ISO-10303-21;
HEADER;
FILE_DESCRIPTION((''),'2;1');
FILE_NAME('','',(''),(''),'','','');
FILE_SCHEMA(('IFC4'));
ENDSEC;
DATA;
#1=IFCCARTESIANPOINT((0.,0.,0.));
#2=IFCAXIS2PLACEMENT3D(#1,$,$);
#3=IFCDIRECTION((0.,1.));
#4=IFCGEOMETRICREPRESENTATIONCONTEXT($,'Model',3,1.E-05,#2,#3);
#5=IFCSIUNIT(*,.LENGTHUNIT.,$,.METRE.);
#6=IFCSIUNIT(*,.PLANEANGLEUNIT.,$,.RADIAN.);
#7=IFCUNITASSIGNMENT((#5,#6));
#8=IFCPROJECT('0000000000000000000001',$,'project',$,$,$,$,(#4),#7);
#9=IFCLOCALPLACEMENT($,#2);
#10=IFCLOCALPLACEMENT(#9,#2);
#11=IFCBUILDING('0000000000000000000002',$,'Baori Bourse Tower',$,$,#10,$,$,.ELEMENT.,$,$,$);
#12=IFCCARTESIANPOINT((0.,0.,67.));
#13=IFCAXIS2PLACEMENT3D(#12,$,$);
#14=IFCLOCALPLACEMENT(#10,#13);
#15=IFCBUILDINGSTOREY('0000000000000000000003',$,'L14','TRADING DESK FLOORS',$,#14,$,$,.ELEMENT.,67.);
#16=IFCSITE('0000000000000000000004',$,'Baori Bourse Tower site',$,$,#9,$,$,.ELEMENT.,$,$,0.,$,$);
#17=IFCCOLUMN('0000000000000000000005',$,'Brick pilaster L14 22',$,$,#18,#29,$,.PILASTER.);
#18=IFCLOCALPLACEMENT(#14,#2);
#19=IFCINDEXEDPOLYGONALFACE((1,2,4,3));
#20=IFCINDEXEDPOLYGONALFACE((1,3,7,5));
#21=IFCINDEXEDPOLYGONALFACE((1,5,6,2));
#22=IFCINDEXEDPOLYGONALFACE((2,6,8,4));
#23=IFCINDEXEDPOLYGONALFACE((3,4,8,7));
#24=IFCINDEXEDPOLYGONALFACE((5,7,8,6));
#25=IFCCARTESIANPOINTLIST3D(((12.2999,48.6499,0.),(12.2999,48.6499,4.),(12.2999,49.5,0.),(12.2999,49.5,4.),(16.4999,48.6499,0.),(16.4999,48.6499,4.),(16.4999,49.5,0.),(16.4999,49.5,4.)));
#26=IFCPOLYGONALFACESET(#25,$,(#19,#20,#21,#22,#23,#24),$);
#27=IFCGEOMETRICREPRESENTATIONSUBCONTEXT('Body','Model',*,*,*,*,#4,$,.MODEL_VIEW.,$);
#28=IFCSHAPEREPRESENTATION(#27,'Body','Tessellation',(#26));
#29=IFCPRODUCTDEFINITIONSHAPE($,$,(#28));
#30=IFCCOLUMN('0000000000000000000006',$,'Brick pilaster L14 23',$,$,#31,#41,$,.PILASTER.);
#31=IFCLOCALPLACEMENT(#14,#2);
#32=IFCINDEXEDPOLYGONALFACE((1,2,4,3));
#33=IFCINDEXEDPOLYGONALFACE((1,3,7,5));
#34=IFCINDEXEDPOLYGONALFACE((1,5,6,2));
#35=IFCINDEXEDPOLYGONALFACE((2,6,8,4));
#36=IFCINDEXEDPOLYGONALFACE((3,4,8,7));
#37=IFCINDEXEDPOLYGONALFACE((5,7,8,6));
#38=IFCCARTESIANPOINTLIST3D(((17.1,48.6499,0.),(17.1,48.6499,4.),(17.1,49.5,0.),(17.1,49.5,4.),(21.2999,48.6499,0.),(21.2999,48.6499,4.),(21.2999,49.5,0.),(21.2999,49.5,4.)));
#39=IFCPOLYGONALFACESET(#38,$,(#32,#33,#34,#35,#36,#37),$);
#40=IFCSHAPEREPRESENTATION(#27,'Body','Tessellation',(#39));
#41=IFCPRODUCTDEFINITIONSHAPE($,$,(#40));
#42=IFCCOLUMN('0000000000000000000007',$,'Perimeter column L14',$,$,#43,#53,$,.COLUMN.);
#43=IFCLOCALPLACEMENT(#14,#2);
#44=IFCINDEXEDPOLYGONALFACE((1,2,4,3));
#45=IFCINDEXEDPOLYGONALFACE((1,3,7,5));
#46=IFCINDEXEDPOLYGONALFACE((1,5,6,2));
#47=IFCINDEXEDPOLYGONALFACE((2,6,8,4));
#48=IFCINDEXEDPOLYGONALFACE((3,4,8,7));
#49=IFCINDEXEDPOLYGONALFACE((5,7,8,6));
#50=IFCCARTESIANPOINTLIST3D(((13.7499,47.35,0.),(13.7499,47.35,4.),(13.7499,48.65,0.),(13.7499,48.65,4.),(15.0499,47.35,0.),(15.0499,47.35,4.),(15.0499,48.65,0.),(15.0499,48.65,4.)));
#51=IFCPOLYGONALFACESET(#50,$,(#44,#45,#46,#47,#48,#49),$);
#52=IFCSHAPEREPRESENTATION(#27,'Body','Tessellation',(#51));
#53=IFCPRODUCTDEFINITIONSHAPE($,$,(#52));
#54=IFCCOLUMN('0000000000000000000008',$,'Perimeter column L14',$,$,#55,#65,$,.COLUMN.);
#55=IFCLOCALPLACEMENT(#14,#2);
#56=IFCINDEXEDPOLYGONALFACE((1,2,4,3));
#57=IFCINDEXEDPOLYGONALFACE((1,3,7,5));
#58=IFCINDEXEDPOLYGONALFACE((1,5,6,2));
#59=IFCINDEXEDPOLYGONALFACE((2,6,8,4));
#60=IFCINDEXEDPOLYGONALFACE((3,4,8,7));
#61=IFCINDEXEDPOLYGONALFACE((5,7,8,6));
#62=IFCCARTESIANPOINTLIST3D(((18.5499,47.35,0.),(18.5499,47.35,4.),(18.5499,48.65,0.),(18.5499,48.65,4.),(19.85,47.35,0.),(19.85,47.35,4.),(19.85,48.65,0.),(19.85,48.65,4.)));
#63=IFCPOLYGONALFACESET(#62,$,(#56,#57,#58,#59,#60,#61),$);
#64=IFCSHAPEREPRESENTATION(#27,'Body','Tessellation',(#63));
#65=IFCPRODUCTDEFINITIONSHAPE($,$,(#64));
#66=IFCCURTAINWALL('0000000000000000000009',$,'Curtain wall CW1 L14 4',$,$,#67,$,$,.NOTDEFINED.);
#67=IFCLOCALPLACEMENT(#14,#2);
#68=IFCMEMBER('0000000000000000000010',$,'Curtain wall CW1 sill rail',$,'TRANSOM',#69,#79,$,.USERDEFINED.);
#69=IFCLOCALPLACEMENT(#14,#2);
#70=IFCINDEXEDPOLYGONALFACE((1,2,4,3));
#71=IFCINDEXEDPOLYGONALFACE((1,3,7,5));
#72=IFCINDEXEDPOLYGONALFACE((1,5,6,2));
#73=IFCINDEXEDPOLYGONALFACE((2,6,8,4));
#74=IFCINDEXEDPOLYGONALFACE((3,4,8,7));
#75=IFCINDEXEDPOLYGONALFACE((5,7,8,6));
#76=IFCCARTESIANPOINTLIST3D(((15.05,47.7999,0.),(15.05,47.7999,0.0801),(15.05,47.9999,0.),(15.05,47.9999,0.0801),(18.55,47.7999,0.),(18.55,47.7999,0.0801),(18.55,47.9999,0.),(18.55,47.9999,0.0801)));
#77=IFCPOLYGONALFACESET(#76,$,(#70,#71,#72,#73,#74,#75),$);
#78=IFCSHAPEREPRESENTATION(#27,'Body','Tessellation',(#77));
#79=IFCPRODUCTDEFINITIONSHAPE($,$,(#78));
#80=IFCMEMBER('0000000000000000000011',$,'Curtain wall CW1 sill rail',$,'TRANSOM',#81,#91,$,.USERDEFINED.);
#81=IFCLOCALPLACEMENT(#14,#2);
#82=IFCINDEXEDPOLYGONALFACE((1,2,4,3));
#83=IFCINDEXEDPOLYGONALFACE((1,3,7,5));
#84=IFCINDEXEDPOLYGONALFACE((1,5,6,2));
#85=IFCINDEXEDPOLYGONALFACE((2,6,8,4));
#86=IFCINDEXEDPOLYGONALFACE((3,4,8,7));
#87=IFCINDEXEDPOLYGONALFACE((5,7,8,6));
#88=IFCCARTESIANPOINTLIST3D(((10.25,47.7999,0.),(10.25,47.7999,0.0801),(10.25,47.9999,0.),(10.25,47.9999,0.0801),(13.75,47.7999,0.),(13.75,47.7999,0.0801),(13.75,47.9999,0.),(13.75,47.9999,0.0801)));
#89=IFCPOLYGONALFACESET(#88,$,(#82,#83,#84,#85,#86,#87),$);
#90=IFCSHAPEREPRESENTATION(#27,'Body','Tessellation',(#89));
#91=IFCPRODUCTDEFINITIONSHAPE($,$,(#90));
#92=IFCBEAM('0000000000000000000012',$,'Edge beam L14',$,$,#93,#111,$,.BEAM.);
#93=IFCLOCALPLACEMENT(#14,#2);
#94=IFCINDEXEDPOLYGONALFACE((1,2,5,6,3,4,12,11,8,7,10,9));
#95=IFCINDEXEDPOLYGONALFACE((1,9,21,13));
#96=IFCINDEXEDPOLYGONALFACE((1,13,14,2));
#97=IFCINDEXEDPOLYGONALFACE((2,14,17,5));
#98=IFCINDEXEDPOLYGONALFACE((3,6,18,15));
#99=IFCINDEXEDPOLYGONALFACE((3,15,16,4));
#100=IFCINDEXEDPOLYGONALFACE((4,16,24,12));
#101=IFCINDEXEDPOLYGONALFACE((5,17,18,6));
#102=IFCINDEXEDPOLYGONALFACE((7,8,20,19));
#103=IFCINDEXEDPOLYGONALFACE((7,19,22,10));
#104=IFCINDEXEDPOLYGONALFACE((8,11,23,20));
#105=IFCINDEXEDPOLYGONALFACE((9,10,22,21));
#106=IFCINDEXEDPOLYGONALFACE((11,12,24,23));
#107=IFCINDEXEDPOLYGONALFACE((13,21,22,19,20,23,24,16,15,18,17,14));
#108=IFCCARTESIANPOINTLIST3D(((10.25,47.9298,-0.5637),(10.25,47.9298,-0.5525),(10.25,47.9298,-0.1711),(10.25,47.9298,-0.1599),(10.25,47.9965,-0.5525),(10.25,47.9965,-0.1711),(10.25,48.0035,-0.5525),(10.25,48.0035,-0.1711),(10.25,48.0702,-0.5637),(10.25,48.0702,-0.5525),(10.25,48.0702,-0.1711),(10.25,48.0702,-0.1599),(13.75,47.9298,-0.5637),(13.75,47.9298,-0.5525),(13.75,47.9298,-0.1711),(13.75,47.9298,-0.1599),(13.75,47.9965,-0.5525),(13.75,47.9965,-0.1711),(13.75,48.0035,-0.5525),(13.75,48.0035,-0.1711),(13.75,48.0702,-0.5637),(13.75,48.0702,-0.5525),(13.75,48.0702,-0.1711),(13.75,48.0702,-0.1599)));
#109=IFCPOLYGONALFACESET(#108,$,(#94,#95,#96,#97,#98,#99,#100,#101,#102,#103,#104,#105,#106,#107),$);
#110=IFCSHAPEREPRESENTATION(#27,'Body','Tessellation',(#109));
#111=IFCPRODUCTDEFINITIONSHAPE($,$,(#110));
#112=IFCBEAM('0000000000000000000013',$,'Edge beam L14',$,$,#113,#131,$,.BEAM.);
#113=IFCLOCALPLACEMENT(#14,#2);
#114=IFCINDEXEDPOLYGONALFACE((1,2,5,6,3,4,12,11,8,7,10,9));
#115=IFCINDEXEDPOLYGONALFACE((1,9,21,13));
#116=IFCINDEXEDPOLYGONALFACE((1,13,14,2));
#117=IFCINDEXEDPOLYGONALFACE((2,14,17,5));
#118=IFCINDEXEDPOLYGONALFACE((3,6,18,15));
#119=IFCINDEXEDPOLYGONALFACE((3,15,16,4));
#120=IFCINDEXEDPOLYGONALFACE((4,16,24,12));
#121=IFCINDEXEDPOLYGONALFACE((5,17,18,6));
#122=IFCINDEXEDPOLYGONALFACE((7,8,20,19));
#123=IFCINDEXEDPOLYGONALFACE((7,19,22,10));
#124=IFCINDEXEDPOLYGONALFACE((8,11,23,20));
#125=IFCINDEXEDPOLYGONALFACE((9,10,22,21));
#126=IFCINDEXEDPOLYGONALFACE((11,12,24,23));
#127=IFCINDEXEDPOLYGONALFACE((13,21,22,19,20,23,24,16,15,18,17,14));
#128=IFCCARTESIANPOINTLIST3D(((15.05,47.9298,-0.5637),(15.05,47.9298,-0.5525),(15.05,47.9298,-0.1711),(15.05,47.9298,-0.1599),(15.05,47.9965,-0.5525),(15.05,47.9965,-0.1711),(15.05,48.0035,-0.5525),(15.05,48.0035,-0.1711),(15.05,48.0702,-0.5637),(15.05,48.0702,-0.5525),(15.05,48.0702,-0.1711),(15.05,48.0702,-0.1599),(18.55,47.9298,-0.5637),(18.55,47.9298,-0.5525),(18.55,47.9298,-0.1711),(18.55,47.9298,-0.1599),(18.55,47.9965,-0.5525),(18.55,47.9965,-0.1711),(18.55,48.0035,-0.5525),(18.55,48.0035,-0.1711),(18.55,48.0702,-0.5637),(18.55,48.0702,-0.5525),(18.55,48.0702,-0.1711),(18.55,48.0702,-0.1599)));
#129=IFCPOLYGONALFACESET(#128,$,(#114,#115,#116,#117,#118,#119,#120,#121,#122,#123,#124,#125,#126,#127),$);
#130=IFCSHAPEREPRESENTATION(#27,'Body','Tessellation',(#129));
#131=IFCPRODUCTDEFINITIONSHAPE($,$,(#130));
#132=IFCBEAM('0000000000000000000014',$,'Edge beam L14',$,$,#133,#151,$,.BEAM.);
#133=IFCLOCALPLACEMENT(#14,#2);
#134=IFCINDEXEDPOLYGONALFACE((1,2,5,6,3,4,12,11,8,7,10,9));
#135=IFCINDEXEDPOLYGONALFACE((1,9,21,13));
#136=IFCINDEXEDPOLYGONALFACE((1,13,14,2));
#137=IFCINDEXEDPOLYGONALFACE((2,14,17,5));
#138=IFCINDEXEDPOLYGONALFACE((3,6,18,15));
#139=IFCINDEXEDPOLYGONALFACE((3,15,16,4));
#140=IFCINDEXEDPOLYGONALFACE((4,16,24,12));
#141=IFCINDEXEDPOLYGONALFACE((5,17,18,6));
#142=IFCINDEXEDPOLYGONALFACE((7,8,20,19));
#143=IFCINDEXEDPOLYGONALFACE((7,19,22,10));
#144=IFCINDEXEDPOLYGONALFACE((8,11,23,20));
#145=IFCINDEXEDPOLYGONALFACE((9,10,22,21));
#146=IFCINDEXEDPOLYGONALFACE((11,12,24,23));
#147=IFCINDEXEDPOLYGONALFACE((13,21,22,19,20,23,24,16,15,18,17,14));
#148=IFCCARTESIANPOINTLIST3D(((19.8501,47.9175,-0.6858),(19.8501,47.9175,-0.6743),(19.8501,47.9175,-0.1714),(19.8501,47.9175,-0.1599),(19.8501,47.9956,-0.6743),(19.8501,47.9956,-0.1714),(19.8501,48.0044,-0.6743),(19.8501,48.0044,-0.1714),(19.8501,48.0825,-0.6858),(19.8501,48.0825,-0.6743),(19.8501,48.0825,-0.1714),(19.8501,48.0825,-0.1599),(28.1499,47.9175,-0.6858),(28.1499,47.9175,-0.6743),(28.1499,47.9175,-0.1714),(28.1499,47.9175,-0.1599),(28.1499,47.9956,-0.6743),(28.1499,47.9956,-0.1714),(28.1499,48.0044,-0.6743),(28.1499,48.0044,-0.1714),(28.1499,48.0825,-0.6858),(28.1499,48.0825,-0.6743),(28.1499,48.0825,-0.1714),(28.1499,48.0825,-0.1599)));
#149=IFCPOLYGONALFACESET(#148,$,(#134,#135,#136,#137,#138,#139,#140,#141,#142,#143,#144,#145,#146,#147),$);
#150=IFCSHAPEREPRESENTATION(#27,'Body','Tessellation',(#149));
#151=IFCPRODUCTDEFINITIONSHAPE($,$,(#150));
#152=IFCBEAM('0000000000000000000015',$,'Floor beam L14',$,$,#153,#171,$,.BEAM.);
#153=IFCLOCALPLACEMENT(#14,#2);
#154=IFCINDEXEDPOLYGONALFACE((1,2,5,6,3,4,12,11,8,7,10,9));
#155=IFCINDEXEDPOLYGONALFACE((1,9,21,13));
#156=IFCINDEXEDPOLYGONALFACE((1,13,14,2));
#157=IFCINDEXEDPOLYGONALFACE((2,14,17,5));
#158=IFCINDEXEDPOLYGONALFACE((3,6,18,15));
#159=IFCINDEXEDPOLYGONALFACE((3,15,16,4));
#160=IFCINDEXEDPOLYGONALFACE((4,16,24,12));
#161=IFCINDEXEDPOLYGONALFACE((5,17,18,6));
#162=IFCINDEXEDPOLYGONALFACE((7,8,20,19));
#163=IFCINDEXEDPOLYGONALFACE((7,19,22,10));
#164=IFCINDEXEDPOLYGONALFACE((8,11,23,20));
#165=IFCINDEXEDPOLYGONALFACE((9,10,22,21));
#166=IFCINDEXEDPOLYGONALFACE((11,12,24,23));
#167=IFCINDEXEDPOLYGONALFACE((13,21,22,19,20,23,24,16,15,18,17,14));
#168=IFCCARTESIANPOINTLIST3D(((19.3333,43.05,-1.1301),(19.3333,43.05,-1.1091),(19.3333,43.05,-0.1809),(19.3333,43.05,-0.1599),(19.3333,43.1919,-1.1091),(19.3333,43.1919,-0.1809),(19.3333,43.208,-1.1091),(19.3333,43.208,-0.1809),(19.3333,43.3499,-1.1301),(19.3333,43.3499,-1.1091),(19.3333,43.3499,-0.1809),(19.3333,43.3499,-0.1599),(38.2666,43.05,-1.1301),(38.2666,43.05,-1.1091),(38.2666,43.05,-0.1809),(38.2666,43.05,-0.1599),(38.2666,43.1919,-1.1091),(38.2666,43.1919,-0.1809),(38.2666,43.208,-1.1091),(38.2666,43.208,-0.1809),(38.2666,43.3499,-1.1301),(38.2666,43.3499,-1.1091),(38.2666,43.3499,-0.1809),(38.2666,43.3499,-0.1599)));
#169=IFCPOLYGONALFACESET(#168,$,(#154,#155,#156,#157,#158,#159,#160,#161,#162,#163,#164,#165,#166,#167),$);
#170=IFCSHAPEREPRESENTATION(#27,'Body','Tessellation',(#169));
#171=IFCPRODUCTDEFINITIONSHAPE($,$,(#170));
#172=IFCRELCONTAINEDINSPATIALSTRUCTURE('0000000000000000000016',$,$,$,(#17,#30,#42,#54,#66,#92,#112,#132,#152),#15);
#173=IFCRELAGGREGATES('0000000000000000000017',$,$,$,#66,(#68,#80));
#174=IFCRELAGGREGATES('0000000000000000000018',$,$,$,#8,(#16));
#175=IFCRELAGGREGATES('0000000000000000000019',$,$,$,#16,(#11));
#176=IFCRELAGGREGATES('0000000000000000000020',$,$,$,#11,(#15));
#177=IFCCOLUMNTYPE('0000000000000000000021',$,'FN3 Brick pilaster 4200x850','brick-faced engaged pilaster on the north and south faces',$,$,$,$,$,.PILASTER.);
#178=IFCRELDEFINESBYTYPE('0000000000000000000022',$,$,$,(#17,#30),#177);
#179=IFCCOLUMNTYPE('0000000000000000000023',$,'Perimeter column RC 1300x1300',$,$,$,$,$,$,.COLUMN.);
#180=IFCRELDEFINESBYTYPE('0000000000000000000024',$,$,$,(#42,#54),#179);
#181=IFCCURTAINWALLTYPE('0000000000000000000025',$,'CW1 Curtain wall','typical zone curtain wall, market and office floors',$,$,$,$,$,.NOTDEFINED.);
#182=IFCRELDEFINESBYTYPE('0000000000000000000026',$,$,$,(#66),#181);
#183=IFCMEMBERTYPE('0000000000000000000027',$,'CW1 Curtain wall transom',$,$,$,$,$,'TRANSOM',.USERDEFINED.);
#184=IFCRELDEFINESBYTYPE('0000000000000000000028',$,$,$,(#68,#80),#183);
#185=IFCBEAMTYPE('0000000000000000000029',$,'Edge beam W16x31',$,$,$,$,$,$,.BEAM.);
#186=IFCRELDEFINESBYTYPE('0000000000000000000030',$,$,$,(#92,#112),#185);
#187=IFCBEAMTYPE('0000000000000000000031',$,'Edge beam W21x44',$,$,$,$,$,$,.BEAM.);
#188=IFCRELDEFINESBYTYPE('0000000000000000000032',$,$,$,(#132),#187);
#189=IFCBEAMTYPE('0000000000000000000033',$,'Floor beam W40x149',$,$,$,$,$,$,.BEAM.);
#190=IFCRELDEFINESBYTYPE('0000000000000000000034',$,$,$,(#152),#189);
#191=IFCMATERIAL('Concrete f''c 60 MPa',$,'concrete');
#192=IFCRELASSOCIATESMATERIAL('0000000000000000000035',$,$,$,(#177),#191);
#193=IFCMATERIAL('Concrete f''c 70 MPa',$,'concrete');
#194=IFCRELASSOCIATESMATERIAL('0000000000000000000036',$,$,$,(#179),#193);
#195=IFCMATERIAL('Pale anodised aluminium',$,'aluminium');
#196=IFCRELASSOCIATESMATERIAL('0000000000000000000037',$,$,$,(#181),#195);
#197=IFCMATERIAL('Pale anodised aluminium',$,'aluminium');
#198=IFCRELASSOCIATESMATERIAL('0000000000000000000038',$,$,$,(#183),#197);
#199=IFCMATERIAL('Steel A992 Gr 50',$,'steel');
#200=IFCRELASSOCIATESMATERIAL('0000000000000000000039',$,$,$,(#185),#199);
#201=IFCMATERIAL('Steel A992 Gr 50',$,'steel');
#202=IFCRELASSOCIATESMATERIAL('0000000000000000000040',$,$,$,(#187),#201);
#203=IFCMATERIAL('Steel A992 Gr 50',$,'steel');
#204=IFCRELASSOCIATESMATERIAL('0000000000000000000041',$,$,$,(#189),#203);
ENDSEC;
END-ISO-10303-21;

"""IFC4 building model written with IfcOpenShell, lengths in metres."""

from ifc_helpers import new_model, si_unit, direction, frame, origin, origin_2d, place, context, subcontext, project, spatial, rectangle, i_section, extrude, material, material_profile, profile_set, type_object, element, aggregate, save


model = new_model("IFC4")

# Units and contexts
model_context = context("Model", 3, precision=1e-05, world=origin(), true_north=direction((0.0, 1.0)))
body_context = subcontext(model_context, "Body", "Model", "MODEL_VIEW")
ifc_project = project(units=[si_unit("LENGTHUNIT", "METRE"), si_unit("PLANEANGLEUNIT", "RADIAN")], contexts=[model_context])

# Site, building, storey
site_placement = place(None, origin())
site = spatial("IfcSite", under=ifc_project, at=site_placement, Name="Baori Bourse Tower site", CompositionType="ELEMENT", RefElevation=0.0)
building_placement = place(site_placement, origin())
building = spatial("IfcBuilding", under=site, at=building_placement, Name="Baori Bourse Tower", CompositionType="ELEMENT")
storey_placement = place(building_placement, frame((0.0, 0.0, 67.0)))
storey = spatial("IfcBuildingStorey", under=building, at=storey_placement, Name="L14", Description="TRADING DESK FLOORS", CompositionType="ELEMENT", Elevation=67.0)

# Columns
ifc_material_1 = material(Name="Concrete f'c 60 MPa", Category="concrete")
ifc_material_profile_1 = material_profile(ifc_material_1, rectangle(XDim=4.2, YDim=0.8501, at=origin_2d()), Name="RC 4200x850")
ifc_profile_set_1 = profile_set([ifc_material_profile_1], Name="Concrete f'c 60 MPa")
column_type_1 = type_object("IfcColumnType", Name="FN3 Brick pilaster 4200x850", Description="brick-faced engaged pilaster on the north and south faces", PredefinedType="PILASTER", material=ifc_profile_set_1)
for number, where, z_axis, x_axis, name in (
    (1, (14.3999, 49.075, 0.0), (0.0, 0.0, 1.0), (1.0, 0.0, 0.0), "Brick pilaster L14 22"),
    (2, (19.2, 49.075, 0.0), (0.0, 0.0, 1.0), (1.0, 0.0, 0.0), "Brick pilaster L14 23"),
):
    element("IfcColumn", number, at=place(storey_placement, frame(where, z_axis=z_axis, x_axis=x_axis)), inside=storey, type_object=column_type_1, Name=name, PredefinedType="PILASTER", context=body_context, shape_type="SweptSolid", body=[
        extrude(rectangle(XDim=4.2, YDim=0.8501, at=origin_2d()), origin(), (0.0, 0.0, 1.0), 4.0),
    ])
ifc_material_2 = material(Name="Concrete f'c 70 MPa", Category="concrete")
ifc_material_profile_2 = material_profile(ifc_material_2, rectangle(XDim=1.3, YDim=1.3, at=origin_2d()), Name="RC 1300x1300")
ifc_profile_set_2 = profile_set([ifc_material_profile_2], Name="Concrete f'c 70 MPa")
column_type_2 = type_object("IfcColumnType", Name="Perimeter column RC 1300x1300", PredefinedType="COLUMN", material=ifc_profile_set_2)
for number, where, z_axis, x_axis, name in (
    (3, (14.3999, 48.0, 0.0), (0.0, 0.0, 1.0), (1.0, 0.0, 0.0), "Perimeter column L14"),
    (4, (19.2, 48.0, 0.0), (0.0, 0.0, 1.0), (1.0, 0.0, 0.0), "Perimeter column L14"),
):
    element("IfcColumn", number, at=place(storey_placement, frame(where, z_axis=z_axis, x_axis=x_axis)), inside=storey, type_object=column_type_2, Name=name, PredefinedType="COLUMN", context=body_context, shape_type="SweptSolid", body=[
        extrude(rectangle(XDim=1.3, YDim=1.3, at=origin_2d()), origin(), (0.0, 0.0, 1.0), 4.0),
    ])

# Curtain wall, members
ifc_material_3 = material(Name="Pale anodised aluminium", Category="aluminium")
curtain_wall_type = type_object("IfcCurtainWallType", Name="CW1 Curtain wall", Description="typical zone curtain wall, market and office floors", PredefinedType="NOTDEFINED", material=ifc_material_3)
curtain_wall_placement = place(storey_placement, origin())
curtain_wall = element("IfcCurtainWall", 5, at=curtain_wall_placement, inside=storey, type_object=curtain_wall_type, Name="Curtain wall CW1 L14 4", PredefinedType="NOTDEFINED")
ifc_material_4 = material(Name="Pale anodised aluminium", Category="aluminium")
ifc_material_profile_3 = material_profile(ifc_material_4, rectangle(XDim=0.2, YDim=0.0801, at=origin_2d()), Name="Transom 80x200")
ifc_profile_set_3 = profile_set([ifc_material_profile_3], Name="Pale anodised aluminium")
member_type = type_object("IfcMemberType", Name="CW1 Curtain wall transom", ElementType="TRANSOM", PredefinedType="USERDEFINED", material=ifc_profile_set_3)
member_1_placement = place(storey_placement, frame((18.55, 47.8999, 0.04), z_axis=(-1.0, 0.0, 0.0), x_axis=(0.0, -1.0, 0.0)))
member_1 = element("IfcMember", 6, at=member_1_placement, type_object=member_type, Name="Curtain wall CW1 sill rail", ObjectType="TRANSOM", PredefinedType="USERDEFINED", context=body_context, shape_type="SweptSolid", body=[
    extrude(rectangle(XDim=0.2, YDim=0.0801, at=origin_2d()), origin(), (0.0, 0.0, 1.0), 3.5),
])
member_2_placement = place(storey_placement, frame((13.75, 47.8999, 0.04), z_axis=(-1.0, 0.0, 0.0), x_axis=(0.0, -1.0, 0.0)))
member_2 = element("IfcMember", 7, at=member_2_placement, type_object=member_type, Name="Curtain wall CW1 sill rail", ObjectType="TRANSOM", PredefinedType="USERDEFINED", context=body_context, shape_type="SweptSolid", body=[
    extrude(rectangle(XDim=0.2, YDim=0.0801, at=origin_2d()), origin(), (0.0, 0.0, 1.0), 3.5),
])

# Beams
ifc_material_5 = material(Name="Steel A992 Gr 50", Category="steel")
ifc_material_profile_4 = material_profile(ifc_material_5, i_section(OverallWidth=0.1404, OverallDepth=0.4038, WebThickness=0.0071, FlangeThickness=0.0112, at=origin_2d()), Name="W16x31")
ifc_profile_set_4 = profile_set([ifc_material_profile_4], Name="Steel A992 Gr 50")
beam_type_1 = type_object("IfcBeamType", Name="Edge beam W16x31", PredefinedType="BEAM", material=ifc_profile_set_4)
for number, where, z_axis, x_axis, name in (
    (8, (10.25, 48.0, -0.3618), (1.0, 0.0, 0.0), (0.0, 1.0, 0.0), "Edge beam L14"),
    (9, (15.05, 48.0, -0.3618), (1.0, 0.0, 0.0), (0.0, 1.0, 0.0), "Edge beam L14"),
):
    element("IfcBeam", number, at=place(storey_placement, frame(where, z_axis=z_axis, x_axis=x_axis)), inside=storey, type_object=beam_type_1, Name=name, PredefinedType="BEAM", context=body_context, shape_type="SweptSolid", body=[
        extrude(i_section(OverallWidth=0.1404, OverallDepth=0.4038, WebThickness=0.0071, FlangeThickness=0.0112, at=origin_2d()), origin(), (0.0, 0.0, 1.0), 3.5),
    ])
ifc_material_6 = material(Name="Steel A992 Gr 50", Category="steel")
ifc_material_profile_5 = material_profile(ifc_material_6, i_section(OverallWidth=0.165, OverallDepth=0.5259, WebThickness=0.0088, FlangeThickness=0.0115, at=origin_2d()), Name="W21x44")
ifc_profile_set_5 = profile_set([ifc_material_profile_5], Name="Steel A992 Gr 50")
beam_type_2 = type_object("IfcBeamType", Name="Edge beam W21x44", PredefinedType="BEAM", material=ifc_profile_set_5)
beam_1_placement = place(storey_placement, frame((19.8501, 48.0, -0.4229), z_axis=(1.0, 0.0, 0.0), x_axis=(0.0, 1.0, 0.0)))
element("IfcBeam", 10, at=beam_1_placement, inside=storey, type_object=beam_type_2, Name="Edge beam L14", PredefinedType="BEAM", context=body_context, shape_type="SweptSolid", body=[
    extrude(i_section(OverallWidth=0.165, OverallDepth=0.5259, WebThickness=0.0088, FlangeThickness=0.0115, at=origin_2d()), origin(), (0.0, 0.0, 1.0), 8.2998),
])
ifc_material_7 = material(Name="Steel A992 Gr 50", Category="steel")
ifc_material_profile_6 = material_profile(ifc_material_7, i_section(OverallWidth=0.2998, OverallDepth=0.9702, WebThickness=0.0161, FlangeThickness=0.021, at=origin_2d()), Name="W40x149")
ifc_profile_set_6 = profile_set([ifc_material_profile_6], Name="Steel A992 Gr 50")
beam_type_3 = type_object("IfcBeamType", Name="Floor beam W40x149", PredefinedType="BEAM", material=ifc_profile_set_6)
beam_2_placement = place(storey_placement, frame((19.3333, 43.2, -0.645), z_axis=(1.0, 0.0, 0.0), x_axis=(0.0, 1.0, 0.0)))
element("IfcBeam", 11, at=beam_2_placement, inside=storey, type_object=beam_type_3, Name="Floor beam L14", PredefinedType="BEAM", context=body_context, shape_type="SweptSolid", body=[
    extrude(i_section(OverallWidth=0.2998, OverallDepth=0.9702, WebThickness=0.0161, FlangeThickness=0.021, at=origin_2d()), origin(), (0.0, 0.0, 1.0), 18.9333),
])

aggregate(curtain_wall, [member_1, member_2])

save(model, "model.ifc")
